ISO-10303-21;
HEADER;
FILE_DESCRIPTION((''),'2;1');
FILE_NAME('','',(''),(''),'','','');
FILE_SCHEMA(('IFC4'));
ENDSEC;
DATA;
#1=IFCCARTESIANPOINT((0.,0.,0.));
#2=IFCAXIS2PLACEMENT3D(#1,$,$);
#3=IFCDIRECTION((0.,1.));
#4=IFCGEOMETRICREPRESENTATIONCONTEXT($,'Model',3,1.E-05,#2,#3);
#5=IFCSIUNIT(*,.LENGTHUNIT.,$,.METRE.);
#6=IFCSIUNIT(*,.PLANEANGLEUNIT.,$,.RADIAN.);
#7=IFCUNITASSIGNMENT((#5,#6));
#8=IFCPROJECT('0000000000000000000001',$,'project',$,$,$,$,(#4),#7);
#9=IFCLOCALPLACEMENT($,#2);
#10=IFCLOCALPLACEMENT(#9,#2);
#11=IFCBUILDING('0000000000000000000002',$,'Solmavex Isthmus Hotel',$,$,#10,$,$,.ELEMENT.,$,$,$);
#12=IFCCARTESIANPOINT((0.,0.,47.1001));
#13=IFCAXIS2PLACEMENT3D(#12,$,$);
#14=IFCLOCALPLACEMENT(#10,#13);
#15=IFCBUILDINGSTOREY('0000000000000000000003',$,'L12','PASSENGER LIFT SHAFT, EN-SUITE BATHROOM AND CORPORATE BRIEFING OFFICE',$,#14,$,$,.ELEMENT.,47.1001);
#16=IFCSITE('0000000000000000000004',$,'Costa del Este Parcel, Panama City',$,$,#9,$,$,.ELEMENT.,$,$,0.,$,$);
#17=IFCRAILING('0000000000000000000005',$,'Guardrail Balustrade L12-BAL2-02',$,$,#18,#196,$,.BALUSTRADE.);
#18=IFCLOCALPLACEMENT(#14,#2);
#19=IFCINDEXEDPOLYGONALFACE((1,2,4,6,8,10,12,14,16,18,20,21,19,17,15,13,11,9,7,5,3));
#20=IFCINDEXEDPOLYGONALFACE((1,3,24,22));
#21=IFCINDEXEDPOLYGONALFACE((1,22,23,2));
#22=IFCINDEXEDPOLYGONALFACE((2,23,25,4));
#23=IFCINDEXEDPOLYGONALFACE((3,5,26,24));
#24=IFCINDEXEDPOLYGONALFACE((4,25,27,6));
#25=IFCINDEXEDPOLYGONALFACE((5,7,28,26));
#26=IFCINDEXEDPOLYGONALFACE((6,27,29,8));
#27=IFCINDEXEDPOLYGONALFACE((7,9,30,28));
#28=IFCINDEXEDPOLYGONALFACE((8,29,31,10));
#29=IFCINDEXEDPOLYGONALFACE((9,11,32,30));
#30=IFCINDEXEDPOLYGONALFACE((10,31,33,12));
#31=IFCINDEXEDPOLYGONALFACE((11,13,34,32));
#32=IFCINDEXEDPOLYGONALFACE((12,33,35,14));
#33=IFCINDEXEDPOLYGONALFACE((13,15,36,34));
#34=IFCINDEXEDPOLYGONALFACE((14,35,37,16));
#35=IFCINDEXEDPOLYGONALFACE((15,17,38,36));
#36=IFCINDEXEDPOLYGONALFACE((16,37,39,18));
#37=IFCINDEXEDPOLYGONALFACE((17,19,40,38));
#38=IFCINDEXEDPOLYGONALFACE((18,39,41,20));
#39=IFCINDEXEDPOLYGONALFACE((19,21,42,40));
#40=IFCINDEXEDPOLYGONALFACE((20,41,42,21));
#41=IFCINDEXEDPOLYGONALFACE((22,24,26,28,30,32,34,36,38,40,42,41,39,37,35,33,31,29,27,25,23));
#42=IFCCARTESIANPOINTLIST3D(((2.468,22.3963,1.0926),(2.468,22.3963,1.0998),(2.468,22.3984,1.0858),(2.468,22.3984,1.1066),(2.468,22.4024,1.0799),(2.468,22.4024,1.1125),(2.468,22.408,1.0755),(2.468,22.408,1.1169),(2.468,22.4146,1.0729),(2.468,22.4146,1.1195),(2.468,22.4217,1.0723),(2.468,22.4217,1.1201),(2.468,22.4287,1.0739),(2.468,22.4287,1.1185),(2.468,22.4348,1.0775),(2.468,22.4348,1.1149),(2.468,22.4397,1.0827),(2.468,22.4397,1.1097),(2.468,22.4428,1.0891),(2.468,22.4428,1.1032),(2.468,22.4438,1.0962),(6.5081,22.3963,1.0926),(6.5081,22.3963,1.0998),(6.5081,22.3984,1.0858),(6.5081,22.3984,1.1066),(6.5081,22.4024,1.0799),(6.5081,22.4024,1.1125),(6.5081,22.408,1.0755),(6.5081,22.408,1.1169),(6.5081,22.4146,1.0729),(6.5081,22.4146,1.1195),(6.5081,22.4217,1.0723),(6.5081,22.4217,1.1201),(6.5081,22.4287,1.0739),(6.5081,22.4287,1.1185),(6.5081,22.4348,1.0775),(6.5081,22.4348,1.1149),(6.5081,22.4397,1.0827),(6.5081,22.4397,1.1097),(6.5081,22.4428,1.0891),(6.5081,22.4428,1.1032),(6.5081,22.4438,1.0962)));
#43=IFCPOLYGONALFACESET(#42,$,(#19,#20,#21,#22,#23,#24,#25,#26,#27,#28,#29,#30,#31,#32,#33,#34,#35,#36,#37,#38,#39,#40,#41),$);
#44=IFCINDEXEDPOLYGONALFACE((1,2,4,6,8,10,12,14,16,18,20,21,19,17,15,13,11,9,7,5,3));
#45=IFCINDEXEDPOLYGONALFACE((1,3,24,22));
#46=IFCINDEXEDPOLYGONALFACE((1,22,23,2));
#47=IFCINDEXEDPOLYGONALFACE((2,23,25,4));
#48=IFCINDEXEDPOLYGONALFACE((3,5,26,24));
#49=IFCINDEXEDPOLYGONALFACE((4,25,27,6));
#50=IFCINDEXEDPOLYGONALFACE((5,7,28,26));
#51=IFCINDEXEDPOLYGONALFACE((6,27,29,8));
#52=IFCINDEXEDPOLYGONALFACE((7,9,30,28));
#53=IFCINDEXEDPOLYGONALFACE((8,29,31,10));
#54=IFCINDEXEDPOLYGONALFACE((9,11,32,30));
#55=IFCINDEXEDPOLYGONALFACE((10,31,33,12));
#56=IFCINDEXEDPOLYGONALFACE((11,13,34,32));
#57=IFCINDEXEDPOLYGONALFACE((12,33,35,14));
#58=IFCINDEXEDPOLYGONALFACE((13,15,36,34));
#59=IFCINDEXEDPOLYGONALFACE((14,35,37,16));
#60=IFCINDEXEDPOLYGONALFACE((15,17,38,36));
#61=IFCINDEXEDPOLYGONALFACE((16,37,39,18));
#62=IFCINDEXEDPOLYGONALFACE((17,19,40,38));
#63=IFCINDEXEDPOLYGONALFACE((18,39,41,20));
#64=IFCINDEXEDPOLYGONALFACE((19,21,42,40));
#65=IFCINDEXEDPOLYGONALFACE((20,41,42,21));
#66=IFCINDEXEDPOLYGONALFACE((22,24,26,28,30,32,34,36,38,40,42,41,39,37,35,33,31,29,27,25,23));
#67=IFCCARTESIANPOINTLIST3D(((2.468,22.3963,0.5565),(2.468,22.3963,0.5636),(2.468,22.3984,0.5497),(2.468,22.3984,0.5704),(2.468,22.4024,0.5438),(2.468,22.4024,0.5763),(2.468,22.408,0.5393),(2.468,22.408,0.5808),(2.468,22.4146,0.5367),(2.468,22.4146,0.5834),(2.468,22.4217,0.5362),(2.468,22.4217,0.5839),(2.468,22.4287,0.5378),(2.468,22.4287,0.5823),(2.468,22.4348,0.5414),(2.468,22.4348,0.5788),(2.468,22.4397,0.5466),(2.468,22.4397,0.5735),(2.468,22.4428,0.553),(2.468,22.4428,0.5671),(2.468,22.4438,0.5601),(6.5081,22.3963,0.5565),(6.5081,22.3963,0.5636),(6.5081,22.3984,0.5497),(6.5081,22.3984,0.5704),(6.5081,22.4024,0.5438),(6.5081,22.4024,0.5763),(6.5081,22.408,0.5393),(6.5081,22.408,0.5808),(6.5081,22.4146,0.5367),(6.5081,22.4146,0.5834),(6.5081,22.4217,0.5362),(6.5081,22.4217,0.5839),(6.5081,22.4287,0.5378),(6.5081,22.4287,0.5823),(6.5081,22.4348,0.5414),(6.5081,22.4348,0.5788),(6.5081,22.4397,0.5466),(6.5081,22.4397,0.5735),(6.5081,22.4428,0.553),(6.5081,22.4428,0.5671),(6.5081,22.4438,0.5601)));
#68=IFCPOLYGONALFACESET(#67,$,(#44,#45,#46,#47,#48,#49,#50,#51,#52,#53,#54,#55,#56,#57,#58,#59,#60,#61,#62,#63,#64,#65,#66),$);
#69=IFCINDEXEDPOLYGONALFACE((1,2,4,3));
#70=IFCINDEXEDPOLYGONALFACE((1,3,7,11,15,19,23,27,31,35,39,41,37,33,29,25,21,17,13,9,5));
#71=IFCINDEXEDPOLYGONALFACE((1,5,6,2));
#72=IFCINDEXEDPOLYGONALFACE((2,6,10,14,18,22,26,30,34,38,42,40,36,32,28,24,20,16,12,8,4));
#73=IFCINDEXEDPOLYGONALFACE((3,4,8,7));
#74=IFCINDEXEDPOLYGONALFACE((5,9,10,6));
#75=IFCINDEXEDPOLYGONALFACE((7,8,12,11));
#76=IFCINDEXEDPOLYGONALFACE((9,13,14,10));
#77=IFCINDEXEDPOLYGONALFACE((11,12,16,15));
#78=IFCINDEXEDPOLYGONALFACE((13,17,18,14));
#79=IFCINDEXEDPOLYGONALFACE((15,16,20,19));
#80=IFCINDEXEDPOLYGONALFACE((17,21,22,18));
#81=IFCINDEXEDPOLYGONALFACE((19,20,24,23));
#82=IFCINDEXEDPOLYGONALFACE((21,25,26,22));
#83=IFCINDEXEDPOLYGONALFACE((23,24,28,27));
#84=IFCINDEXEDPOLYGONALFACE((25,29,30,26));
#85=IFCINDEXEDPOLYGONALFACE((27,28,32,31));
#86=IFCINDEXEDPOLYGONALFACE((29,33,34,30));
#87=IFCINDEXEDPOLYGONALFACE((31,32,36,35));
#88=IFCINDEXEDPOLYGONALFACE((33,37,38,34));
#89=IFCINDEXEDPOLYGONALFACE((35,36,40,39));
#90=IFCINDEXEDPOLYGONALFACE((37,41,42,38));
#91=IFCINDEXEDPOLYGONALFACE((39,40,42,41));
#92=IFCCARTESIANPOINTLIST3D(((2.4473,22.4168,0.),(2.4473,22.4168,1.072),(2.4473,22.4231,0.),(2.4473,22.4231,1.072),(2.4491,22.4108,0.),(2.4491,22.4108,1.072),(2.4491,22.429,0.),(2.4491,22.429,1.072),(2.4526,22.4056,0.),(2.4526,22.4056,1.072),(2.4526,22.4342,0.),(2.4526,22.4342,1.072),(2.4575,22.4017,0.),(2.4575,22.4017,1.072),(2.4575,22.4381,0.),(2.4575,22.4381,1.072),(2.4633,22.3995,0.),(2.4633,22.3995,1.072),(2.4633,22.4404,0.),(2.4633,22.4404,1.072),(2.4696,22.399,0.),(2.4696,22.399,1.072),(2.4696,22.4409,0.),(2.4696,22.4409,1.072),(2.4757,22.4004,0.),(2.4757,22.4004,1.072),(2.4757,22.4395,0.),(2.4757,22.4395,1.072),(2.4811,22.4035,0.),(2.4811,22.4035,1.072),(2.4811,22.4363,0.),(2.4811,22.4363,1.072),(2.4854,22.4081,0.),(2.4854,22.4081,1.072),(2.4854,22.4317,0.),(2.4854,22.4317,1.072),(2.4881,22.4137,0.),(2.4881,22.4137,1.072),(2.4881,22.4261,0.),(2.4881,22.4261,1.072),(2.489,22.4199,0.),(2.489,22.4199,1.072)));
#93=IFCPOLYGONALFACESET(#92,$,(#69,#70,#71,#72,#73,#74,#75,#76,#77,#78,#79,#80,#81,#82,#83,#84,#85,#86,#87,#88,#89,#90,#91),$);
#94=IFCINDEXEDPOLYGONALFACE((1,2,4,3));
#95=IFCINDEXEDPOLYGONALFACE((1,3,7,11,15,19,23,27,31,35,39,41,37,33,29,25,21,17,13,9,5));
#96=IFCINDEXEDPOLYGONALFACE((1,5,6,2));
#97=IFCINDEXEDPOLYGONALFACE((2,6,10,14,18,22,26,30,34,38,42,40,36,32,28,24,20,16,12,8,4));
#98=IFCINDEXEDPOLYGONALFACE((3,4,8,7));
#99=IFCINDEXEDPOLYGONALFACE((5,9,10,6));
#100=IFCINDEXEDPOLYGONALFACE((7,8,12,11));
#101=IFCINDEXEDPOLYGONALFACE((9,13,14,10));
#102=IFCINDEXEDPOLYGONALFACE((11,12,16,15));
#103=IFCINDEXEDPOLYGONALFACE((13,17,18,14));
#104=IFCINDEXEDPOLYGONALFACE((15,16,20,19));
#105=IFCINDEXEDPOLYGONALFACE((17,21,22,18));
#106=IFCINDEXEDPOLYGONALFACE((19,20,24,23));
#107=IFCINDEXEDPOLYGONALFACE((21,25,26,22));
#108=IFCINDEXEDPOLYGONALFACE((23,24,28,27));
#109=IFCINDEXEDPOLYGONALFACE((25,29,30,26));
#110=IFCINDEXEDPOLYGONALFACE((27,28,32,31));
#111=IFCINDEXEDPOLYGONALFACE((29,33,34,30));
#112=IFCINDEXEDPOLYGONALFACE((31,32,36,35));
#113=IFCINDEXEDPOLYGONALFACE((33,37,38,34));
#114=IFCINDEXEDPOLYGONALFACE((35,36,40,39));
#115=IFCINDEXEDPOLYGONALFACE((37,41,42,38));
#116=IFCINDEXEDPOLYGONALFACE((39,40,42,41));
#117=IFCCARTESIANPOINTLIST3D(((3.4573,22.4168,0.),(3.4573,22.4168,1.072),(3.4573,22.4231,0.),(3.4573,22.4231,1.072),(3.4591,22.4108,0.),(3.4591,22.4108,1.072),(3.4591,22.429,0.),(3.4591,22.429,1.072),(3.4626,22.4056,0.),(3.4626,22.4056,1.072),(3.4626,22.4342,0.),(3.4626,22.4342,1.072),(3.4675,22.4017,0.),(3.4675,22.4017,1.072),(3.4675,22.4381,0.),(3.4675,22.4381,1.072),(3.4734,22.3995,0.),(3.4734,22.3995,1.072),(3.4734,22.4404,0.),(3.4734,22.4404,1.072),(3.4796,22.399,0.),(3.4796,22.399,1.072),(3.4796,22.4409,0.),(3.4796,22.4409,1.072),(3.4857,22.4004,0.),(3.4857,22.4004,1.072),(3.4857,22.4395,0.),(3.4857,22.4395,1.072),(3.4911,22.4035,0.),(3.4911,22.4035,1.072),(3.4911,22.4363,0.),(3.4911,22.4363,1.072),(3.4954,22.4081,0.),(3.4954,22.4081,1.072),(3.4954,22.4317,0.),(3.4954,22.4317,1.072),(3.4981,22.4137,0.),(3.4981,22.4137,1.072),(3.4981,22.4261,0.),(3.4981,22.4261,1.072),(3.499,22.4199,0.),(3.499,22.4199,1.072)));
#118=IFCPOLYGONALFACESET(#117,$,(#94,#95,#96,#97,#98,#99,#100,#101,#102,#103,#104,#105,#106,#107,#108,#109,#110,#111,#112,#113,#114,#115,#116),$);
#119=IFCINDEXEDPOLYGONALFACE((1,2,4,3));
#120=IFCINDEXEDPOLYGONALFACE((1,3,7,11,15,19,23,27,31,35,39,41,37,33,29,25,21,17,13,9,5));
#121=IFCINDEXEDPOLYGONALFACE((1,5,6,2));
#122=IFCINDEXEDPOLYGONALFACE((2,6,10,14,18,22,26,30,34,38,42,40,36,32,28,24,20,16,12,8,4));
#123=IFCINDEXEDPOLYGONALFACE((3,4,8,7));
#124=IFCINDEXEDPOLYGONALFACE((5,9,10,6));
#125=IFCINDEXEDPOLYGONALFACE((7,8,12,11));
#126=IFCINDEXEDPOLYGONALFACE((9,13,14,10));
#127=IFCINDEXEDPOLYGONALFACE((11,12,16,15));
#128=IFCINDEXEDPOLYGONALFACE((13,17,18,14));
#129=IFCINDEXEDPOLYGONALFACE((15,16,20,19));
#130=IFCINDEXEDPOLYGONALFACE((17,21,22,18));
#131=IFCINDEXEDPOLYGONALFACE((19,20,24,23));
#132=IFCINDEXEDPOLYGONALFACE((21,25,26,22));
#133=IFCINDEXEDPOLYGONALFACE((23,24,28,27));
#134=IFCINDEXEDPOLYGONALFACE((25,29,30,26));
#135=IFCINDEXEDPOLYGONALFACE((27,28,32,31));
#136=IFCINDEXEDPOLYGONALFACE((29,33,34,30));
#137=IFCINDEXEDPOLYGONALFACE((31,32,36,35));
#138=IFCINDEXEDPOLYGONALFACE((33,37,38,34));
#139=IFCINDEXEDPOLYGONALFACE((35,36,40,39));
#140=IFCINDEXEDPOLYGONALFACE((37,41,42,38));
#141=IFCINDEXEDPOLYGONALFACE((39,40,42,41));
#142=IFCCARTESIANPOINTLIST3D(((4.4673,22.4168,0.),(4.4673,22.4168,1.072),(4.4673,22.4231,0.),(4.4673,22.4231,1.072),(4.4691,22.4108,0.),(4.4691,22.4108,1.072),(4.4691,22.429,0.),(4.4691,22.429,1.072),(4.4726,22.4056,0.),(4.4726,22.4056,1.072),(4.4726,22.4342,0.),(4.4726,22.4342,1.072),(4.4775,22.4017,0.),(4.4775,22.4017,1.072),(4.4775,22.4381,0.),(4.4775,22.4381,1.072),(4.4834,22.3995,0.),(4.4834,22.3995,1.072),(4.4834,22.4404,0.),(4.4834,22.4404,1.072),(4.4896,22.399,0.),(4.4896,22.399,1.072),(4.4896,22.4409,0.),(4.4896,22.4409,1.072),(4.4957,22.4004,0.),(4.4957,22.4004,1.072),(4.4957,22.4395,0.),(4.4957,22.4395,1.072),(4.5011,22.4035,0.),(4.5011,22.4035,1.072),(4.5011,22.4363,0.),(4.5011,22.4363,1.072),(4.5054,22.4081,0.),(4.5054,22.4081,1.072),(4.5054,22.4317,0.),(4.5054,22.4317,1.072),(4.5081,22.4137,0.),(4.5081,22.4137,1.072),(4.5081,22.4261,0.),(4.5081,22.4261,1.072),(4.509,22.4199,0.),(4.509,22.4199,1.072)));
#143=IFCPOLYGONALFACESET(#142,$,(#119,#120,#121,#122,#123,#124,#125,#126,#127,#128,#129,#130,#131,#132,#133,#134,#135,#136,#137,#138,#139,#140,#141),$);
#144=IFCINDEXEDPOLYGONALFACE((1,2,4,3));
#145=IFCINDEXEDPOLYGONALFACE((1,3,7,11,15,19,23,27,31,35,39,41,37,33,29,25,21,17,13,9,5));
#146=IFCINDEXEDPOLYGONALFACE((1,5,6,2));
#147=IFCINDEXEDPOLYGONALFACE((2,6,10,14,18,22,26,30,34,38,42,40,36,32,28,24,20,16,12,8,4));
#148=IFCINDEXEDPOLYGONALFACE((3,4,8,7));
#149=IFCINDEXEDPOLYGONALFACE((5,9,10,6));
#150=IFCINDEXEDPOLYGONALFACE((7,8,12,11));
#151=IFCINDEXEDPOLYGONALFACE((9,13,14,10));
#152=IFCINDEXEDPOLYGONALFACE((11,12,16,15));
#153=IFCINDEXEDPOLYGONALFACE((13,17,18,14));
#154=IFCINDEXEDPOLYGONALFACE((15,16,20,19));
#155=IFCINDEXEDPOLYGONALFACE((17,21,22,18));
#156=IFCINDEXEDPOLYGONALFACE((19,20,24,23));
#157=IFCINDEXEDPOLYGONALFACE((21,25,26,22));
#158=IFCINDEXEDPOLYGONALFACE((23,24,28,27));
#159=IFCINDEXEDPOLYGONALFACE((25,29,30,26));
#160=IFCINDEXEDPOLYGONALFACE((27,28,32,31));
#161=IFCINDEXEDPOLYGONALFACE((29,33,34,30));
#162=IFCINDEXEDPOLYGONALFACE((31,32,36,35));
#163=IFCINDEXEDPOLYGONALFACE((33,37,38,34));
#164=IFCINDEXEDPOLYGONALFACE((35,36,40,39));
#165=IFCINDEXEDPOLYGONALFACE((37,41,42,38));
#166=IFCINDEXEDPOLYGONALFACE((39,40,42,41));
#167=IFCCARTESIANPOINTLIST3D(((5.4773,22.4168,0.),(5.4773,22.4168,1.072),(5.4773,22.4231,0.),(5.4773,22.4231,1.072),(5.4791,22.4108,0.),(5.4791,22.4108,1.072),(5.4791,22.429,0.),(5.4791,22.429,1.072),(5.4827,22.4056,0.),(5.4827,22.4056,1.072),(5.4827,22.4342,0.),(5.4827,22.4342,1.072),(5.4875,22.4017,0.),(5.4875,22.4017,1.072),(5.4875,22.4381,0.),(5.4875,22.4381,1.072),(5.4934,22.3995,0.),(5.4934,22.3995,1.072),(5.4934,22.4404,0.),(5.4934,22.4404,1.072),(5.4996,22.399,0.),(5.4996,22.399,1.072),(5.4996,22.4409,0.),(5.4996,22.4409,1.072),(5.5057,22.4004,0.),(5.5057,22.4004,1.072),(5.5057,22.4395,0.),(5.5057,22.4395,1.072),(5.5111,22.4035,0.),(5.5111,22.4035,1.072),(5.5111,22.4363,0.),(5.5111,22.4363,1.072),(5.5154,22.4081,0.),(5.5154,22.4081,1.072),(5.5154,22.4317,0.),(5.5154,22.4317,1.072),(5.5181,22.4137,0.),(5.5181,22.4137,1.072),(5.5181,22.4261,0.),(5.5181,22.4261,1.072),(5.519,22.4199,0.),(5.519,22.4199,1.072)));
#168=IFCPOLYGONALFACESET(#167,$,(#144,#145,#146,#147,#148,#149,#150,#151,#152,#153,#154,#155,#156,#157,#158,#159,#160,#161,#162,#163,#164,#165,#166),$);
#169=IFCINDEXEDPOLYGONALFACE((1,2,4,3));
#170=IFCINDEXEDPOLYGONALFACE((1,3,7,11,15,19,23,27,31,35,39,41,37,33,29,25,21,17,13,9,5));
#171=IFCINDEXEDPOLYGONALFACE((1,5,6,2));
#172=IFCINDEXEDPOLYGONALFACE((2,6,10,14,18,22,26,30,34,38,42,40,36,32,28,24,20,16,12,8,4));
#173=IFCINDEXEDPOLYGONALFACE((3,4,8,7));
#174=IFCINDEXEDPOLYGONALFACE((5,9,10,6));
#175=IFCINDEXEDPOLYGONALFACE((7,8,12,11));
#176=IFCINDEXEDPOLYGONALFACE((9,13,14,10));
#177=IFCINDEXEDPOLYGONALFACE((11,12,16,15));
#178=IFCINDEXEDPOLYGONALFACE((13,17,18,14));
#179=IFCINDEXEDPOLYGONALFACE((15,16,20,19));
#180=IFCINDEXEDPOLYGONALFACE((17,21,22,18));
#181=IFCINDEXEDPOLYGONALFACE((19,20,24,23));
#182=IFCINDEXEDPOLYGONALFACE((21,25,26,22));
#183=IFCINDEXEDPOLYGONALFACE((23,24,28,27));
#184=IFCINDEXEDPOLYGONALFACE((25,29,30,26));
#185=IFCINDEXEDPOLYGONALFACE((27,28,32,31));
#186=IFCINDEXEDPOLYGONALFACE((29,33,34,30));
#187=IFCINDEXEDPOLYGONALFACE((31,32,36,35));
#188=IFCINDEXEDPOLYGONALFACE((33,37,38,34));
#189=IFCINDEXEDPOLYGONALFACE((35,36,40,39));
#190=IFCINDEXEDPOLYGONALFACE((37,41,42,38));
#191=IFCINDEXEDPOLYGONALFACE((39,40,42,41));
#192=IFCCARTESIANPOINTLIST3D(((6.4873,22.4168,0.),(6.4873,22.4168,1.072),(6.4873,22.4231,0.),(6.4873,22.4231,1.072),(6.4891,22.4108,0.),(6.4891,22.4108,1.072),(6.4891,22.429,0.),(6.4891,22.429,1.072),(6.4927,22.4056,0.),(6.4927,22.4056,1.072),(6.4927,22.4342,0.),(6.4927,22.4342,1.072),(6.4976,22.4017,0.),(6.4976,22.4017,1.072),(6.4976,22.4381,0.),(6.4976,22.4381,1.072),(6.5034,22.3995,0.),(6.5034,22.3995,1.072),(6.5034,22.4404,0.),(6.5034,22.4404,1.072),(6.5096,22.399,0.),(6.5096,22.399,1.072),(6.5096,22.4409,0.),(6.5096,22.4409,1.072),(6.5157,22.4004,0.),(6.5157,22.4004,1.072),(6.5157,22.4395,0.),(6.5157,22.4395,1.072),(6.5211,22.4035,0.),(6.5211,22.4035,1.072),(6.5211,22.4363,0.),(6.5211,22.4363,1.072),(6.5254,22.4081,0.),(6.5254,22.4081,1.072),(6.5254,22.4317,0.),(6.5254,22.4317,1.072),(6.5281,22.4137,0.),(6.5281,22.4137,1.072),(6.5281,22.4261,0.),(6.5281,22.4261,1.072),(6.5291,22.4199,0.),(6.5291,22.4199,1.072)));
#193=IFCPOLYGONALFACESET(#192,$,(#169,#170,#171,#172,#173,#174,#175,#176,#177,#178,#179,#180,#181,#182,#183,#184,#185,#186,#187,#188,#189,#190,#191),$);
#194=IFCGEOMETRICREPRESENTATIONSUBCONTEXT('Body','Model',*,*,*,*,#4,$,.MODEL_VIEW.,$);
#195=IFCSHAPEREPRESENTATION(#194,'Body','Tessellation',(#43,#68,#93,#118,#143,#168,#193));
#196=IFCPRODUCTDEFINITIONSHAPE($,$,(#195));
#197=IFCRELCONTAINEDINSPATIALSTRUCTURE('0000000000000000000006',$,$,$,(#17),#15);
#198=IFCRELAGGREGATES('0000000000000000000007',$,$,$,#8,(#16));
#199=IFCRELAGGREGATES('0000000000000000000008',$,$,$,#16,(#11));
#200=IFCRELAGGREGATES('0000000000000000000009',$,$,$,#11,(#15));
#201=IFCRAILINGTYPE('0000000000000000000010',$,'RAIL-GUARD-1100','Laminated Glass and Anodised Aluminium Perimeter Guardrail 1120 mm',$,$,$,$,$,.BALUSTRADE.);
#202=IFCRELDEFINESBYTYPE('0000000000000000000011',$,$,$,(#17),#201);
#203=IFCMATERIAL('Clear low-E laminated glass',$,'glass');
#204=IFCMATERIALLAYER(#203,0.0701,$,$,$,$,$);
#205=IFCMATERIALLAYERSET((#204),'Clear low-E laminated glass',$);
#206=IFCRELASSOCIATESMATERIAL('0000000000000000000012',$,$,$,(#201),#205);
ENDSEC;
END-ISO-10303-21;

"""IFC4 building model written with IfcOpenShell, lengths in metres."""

from ifc_helpers import new_model, si_unit, direction, frame, origin, origin_2d, place, context, subcontext, project, spatial, circle, extrude, material, layer, layer_set, type_object, element, save


model = new_model("IFC4")

# Units and contexts
model_context = context("Model", 3, precision=1e-05, world=origin(), true_north=direction((0.0, 1.0)))
body_context = subcontext(model_context, "Body", "Model", "MODEL_VIEW")
ifc_project = project(units=[si_unit("LENGTHUNIT", "METRE"), si_unit("PLANEANGLEUNIT", "RADIAN")], contexts=[model_context])

# Site, building, storey
site_placement = place(None, origin())
site = spatial("IfcSite", under=ifc_project, at=site_placement, Name="Costa del Este Parcel, Panama City", CompositionType="ELEMENT", RefElevation=0.0)
building_placement = place(site_placement, origin())
building = spatial("IfcBuilding", under=site, at=building_placement, Name="Solmavex Isthmus Hotel", CompositionType="ELEMENT")
storey_placement = place(building_placement, frame((0.0, 0.0, 47.1001)))
storey = spatial("IfcBuildingStorey", under=building, at=storey_placement, Name="L12", Description="PASSENGER LIFT SHAFT, EN-SUITE BATHROOM AND CORPORATE BRIEFING OFFICE", CompositionType="ELEMENT", Elevation=47.1001)

# Shared definitions
ifc_material_1 = material(Name="Clear low-E laminated glass", Category="glass")

# Railing
ifc_layer_1 = layer(ifc_material_1, 0.0701)
ifc_layer_set_1 = layer_set([ifc_layer_1], Name="Clear low-E laminated glass")
railing_type = type_object("IfcRailingType", Name="RAIL-GUARD-1100", Description="Laminated Glass and Anodised Aluminium Perimeter Guardrail 1120 mm", PredefinedType="BALUSTRADE", material=ifc_layer_set_1)
railing_1_placement = place(storey_placement, frame((2.468, 22.4199, 0.0)))
element("IfcRailing", 1, at=railing_1_placement, inside=storey, type_object=railing_type, Name="Guardrail Balustrade L12-BAL2-02", PredefinedType="BALUSTRADE", context=body_context, shape_type="SweptSolid", body=[
    extrude(circle(Radius=0.0239, at=origin_2d()), frame((0.0, 0.0, 1.0962), z_axis=(1.0, 0.0, 0.0), x_axis=(0.0, 1.0, 0.0)), (0.0, 0.0, 1.0), 4.04),
    extrude(circle(Radius=0.0239, at=origin_2d()), frame((0.0, 0.0, 0.5601), z_axis=(1.0, 0.0, 0.0), x_axis=(0.0, 1.0, 0.0)), (0.0, 0.0, 1.0), 4.04),
    extrude(circle(Radius=0.021, at=origin_2d()), origin(), (0.0, 0.0, 1.0), 1.072),
    extrude(circle(Radius=0.021, at=origin_2d()), frame((1.01, 0.0, 0.0)), (0.0, 0.0, 1.0), 1.072),
    extrude(circle(Radius=0.021, at=origin_2d()), frame((2.02, 0.0, 0.0)), (0.0, 0.0, 1.0), 1.072),
    extrude(circle(Radius=0.021, at=origin_2d()), frame((3.03, 0.0, 0.0)), (0.0, 0.0, 1.0), 1.072),
    extrude(circle(Radius=0.021, at=origin_2d()), frame((4.04, 0.0, 0.0)), (0.0, 0.0, 1.0), 1.072),
])

save(model, "model.ifc")
